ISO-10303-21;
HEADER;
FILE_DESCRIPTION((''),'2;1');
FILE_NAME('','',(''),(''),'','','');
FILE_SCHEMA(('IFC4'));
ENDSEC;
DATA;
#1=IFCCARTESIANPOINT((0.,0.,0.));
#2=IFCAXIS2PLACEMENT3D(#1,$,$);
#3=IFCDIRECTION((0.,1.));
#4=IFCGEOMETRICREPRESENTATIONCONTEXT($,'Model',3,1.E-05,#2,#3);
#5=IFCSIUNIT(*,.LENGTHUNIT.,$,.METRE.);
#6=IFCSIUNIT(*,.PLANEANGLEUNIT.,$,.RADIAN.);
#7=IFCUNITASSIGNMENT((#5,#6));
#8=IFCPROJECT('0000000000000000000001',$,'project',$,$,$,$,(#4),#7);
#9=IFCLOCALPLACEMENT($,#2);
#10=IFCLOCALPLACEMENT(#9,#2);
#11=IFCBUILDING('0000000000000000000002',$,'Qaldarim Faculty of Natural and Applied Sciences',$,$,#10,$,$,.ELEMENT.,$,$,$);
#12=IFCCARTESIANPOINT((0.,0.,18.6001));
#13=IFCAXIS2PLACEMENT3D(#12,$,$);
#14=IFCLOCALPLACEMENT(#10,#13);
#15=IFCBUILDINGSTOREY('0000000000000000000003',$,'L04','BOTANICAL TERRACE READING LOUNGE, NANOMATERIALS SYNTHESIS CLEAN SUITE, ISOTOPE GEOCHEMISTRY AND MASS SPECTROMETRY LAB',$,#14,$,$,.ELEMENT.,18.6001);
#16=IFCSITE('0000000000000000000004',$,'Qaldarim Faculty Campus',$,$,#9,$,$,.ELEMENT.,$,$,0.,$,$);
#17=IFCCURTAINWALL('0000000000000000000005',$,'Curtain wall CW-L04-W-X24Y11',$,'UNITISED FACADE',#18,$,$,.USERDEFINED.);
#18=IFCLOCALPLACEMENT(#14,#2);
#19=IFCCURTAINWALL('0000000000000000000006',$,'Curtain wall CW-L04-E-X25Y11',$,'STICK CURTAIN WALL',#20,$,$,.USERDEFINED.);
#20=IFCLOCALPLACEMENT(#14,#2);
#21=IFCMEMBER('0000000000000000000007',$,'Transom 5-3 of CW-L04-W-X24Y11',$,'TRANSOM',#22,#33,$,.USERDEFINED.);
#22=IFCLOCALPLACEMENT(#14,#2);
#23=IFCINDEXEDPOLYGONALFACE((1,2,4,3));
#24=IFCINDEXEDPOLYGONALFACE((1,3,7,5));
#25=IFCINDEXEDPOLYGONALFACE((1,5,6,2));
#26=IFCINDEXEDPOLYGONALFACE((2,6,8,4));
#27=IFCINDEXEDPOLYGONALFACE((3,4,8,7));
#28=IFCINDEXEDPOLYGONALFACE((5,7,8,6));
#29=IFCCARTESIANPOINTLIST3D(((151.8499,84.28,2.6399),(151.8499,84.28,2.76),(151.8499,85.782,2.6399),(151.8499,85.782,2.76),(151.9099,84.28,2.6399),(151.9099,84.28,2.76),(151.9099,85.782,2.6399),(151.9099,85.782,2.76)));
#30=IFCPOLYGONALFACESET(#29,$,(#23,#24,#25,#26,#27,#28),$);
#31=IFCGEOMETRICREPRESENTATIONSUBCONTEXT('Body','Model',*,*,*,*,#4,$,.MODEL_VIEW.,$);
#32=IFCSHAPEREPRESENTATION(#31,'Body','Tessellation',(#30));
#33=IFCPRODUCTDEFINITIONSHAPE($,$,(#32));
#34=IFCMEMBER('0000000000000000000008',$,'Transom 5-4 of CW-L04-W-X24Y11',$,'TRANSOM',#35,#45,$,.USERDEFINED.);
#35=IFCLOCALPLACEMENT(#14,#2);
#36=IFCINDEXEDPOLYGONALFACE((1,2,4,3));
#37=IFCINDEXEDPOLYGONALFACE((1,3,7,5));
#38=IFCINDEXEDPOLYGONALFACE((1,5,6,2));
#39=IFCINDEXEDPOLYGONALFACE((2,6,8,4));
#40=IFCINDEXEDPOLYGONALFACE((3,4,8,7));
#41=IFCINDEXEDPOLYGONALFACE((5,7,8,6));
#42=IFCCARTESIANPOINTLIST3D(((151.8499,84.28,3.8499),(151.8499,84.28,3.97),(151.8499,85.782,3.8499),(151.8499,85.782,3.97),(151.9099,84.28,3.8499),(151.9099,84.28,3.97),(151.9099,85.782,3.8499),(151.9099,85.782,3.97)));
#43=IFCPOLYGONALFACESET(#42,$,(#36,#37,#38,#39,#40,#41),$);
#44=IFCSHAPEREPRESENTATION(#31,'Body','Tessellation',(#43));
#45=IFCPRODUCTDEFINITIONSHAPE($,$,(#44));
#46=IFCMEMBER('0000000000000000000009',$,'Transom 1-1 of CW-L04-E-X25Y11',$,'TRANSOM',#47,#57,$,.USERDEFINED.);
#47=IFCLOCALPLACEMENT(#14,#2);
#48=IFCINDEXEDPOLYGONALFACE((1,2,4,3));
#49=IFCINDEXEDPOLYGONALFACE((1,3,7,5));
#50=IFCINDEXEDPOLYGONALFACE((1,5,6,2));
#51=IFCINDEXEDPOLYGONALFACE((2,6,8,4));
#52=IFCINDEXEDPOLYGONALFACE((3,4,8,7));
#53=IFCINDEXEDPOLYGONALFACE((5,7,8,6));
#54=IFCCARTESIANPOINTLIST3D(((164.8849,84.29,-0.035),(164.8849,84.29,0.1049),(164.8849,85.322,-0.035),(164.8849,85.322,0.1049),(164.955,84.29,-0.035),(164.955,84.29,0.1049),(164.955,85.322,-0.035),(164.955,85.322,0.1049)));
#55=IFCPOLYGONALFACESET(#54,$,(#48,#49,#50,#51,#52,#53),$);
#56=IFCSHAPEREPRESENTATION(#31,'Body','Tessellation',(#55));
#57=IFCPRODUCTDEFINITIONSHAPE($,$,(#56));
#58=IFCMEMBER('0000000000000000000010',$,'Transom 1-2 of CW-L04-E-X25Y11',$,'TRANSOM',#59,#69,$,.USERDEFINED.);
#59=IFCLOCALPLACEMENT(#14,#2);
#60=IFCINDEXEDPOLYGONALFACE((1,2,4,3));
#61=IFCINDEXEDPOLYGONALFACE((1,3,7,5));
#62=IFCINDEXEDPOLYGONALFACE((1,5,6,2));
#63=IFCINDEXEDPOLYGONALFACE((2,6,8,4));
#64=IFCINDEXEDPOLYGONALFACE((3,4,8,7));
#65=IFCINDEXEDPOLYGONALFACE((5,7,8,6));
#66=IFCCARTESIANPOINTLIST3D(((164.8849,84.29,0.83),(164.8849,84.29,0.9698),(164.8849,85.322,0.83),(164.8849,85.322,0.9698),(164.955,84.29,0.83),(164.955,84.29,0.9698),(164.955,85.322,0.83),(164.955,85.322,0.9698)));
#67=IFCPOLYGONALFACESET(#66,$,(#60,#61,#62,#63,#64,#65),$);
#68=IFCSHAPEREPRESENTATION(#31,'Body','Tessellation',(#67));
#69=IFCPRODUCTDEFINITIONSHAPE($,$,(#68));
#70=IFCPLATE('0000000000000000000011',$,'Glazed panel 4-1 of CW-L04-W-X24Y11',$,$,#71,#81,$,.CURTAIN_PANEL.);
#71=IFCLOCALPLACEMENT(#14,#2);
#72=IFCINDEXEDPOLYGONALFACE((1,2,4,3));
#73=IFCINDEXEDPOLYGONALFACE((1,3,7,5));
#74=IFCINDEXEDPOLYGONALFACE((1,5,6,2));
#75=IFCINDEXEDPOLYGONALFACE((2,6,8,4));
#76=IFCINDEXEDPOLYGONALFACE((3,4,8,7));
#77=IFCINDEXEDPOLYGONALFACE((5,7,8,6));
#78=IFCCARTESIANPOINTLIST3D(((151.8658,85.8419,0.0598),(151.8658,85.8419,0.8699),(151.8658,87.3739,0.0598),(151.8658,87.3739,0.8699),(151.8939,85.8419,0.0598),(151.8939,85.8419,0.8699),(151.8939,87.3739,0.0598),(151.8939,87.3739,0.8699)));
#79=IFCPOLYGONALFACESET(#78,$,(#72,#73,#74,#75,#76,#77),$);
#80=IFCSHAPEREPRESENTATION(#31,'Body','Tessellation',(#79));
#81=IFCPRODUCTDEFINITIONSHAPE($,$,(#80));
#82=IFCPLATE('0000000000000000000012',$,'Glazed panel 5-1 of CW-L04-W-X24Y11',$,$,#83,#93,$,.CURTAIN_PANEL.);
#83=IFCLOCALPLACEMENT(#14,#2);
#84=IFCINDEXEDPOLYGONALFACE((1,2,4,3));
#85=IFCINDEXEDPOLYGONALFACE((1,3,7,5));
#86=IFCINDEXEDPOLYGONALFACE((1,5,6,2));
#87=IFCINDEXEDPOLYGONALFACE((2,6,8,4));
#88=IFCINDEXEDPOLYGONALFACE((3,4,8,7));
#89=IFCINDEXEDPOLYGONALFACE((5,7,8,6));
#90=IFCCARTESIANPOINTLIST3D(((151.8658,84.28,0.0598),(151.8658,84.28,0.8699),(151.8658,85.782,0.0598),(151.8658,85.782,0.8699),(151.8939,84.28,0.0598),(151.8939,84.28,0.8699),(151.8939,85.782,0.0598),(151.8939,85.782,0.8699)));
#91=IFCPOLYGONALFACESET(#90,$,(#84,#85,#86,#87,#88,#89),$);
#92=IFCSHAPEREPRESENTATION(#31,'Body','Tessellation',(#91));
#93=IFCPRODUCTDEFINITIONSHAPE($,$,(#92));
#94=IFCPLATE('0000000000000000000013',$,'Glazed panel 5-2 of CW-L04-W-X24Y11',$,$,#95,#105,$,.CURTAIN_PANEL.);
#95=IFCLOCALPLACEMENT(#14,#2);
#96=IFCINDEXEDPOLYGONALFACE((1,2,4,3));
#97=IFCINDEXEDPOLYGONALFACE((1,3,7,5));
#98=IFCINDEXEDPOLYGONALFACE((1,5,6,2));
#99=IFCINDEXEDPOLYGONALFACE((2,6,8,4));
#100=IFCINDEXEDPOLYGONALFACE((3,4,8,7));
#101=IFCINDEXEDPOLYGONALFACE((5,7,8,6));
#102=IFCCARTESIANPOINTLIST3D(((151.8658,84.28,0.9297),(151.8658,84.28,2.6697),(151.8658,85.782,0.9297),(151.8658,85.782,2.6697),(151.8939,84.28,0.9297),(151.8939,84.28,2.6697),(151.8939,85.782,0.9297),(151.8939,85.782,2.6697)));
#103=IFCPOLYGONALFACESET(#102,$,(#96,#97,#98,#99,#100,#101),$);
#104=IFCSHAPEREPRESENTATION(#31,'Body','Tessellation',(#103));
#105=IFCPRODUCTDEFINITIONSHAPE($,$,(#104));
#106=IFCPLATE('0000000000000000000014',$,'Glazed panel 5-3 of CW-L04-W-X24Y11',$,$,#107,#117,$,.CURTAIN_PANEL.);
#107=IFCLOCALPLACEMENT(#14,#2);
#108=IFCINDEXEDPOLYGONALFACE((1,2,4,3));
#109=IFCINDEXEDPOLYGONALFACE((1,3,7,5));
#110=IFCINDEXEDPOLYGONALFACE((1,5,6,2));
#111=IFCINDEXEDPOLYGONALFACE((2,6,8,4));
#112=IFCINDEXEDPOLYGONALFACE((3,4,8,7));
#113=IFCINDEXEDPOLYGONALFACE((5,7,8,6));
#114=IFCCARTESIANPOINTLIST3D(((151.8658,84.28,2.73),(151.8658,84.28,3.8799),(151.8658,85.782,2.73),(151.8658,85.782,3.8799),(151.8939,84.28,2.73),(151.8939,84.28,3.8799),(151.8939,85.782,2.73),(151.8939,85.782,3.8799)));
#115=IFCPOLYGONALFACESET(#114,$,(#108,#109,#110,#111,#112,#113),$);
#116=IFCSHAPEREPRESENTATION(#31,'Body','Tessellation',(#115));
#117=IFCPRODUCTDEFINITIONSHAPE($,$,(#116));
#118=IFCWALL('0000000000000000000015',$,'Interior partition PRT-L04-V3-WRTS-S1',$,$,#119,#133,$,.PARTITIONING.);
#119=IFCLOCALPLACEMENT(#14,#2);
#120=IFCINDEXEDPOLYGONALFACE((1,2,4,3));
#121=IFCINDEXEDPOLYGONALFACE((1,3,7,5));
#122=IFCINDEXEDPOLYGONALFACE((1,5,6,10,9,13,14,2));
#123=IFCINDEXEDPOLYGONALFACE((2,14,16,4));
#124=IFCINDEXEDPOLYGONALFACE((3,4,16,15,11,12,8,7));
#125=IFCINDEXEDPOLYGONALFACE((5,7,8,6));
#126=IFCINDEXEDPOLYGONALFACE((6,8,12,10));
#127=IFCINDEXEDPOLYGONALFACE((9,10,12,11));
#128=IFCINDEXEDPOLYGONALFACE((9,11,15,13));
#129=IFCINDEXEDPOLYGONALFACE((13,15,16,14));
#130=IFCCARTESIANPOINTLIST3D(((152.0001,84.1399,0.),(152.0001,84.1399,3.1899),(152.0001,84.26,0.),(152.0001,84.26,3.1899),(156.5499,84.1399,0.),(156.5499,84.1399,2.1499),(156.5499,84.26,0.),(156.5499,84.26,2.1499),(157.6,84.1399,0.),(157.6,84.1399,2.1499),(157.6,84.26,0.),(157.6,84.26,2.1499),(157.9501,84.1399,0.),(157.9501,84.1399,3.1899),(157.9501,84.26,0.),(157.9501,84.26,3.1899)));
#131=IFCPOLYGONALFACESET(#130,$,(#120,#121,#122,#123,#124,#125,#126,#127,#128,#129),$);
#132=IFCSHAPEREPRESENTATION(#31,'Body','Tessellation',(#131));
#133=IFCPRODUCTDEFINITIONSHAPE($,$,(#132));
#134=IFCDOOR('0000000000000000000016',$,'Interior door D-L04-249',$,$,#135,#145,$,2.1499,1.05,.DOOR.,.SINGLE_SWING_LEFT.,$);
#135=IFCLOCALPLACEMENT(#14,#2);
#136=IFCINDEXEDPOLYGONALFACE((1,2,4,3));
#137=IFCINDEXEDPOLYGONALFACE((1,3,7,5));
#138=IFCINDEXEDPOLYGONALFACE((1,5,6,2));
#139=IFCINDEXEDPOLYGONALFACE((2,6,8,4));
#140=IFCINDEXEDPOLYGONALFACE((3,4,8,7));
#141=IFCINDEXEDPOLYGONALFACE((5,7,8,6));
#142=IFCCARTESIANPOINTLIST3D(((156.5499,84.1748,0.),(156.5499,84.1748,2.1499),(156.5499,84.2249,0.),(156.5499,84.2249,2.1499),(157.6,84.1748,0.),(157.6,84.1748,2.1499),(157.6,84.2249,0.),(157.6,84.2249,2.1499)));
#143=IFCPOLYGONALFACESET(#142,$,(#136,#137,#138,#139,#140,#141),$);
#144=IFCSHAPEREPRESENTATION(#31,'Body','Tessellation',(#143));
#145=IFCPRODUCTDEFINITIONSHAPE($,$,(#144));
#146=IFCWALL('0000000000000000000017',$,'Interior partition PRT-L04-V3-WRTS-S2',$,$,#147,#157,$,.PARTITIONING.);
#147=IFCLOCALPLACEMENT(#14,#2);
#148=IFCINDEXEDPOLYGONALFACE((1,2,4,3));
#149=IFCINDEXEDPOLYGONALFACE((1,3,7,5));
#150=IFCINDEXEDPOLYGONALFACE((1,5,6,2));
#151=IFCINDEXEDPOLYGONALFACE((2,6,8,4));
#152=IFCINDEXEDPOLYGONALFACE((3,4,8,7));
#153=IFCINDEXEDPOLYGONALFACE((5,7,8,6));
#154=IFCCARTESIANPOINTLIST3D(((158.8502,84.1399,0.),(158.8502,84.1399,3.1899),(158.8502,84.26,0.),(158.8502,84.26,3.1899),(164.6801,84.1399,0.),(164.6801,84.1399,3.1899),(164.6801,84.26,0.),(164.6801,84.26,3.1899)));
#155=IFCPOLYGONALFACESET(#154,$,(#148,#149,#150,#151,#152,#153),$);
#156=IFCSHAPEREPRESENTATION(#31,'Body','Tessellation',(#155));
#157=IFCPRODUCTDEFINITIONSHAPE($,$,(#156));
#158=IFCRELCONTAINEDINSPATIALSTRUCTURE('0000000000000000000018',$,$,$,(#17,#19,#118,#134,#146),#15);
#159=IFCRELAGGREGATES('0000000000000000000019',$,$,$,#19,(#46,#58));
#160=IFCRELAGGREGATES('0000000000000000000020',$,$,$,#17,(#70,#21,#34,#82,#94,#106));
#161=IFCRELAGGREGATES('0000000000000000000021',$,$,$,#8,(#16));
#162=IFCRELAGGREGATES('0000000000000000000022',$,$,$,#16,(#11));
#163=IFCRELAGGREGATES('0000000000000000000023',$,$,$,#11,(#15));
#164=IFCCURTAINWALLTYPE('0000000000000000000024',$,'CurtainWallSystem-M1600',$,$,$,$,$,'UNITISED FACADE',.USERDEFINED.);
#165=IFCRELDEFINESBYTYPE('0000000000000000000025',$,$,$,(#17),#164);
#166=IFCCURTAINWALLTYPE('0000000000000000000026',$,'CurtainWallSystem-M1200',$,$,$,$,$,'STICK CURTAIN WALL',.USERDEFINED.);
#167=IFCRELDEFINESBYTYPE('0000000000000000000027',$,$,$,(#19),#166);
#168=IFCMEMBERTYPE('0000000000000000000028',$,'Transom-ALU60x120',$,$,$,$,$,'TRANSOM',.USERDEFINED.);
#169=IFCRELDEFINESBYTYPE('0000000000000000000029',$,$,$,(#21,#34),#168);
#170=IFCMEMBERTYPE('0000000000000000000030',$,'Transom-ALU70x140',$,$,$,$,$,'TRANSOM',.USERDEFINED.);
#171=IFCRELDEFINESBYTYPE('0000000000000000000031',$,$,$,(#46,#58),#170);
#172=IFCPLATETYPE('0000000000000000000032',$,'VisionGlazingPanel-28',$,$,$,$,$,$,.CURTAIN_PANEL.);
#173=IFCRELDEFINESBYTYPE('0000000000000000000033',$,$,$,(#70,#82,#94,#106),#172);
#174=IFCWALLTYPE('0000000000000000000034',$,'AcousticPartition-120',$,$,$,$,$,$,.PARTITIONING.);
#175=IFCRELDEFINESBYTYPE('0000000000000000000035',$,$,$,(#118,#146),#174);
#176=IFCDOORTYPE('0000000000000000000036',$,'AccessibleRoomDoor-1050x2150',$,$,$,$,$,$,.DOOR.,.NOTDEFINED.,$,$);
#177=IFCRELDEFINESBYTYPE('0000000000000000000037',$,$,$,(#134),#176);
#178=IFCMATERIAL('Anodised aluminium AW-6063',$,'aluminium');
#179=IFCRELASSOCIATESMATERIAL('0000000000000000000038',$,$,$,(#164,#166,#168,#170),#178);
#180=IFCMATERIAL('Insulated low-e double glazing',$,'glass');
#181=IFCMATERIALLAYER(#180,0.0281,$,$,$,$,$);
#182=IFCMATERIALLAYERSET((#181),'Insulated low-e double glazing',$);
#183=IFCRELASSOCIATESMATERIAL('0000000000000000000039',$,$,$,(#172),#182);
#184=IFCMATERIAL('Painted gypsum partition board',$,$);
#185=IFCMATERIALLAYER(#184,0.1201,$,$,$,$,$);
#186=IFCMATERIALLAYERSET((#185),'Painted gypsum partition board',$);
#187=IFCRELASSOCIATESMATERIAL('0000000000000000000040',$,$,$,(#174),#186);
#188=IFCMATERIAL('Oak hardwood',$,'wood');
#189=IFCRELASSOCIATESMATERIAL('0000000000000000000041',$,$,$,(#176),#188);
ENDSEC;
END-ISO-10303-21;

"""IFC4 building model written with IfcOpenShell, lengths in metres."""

from ifc_helpers import new_model, si_unit, direction, frame, frame_2d, origin, origin_2d, place, context, subcontext, project, spatial, rectangle, extrude, material, layer, layer_set, material_profile, profile_set, type_object, element, fill, aggregate, save


model = new_model("IFC4")

# Units and contexts
model_context = context("Model", 3, precision=1e-05, world=origin(), true_north=direction((0.0, 1.0)))
body_context = subcontext(model_context, "Body", "Model", "MODEL_VIEW")
ifc_project = project(units=[si_unit("LENGTHUNIT", "METRE"), si_unit("PLANEANGLEUNIT", "RADIAN")], contexts=[model_context])

# Site, building, storey
site_placement = place(None, origin())
site = spatial("IfcSite", under=ifc_project, at=site_placement, Name="Qaldarim Faculty Campus", CompositionType="ELEMENT", RefElevation=0.0)
building_placement = place(site_placement, origin())
building = spatial("IfcBuilding", under=site, at=building_placement, Name="Qaldarim Faculty of Natural and Applied Sciences", CompositionType="ELEMENT")
storey_placement = place(building_placement, frame((0.0, 0.0, 18.6001)))
storey = spatial("IfcBuildingStorey", under=building, at=storey_placement, Name="L04", Description="BOTANICAL TERRACE READING LOUNGE, NANOMATERIALS SYNTHESIS CLEAN SUITE, ISOTOPE GEOCHEMISTRY AND MASS SPECTROMETRY LAB", CompositionType="ELEMENT", Elevation=18.6001)

# Curtain wall
ifc_material_1 = material(Name="Anodised aluminium AW-6063", Category="aluminium")
curtain_wall_type_1 = type_object("IfcCurtainWallType", Name="CurtainWallSystem-M1600", ElementType="UNITISED FACADE", PredefinedType="USERDEFINED", material=ifc_material_1)
curtain_wall_1_placement = place(storey_placement, origin())
curtain_wall_1 = element("IfcCurtainWall", 1, at=curtain_wall_1_placement, inside=storey, type_object=curtain_wall_type_1, Name="Curtain wall CW-L04-W-X24Y11", ObjectType="UNITISED FACADE", PredefinedType="USERDEFINED")

# Curtain wall
curtain_wall_type_2 = type_object("IfcCurtainWallType", Name="CurtainWallSystem-M1200", ElementType="STICK CURTAIN WALL", PredefinedType="USERDEFINED", material=ifc_material_1)
curtain_wall_2_placement = place(storey_placement, origin())
curtain_wall_2 = element("IfcCurtainWall", 2, at=curtain_wall_2_placement, inside=storey, type_object=curtain_wall_type_2, Name="Curtain wall CW-L04-E-X25Y11", ObjectType="STICK CURTAIN WALL", PredefinedType="USERDEFINED")

# Members
ifc_material_profile_1 = material_profile(ifc_material_1, rectangle(XDim=0.0601, YDim=0.1201, at=origin_2d()), Name="ALU-T60x120")
ifc_profile_set_1 = profile_set([ifc_material_profile_1], Name="Anodised aluminium AW-6063")
member_type_1 = type_object("IfcMemberType", Name="Transom-ALU60x120", ElementType="TRANSOM", PredefinedType="USERDEFINED", material=ifc_profile_set_1)
member_1_placement = place(storey_placement, frame((151.8799, 85.782, 2.7), z_axis=(0.0, -1.0, 0.0), x_axis=(1.0, 0.0, 0.0)))
member_1 = element("IfcMember", 3, at=member_1_placement, type_object=member_type_1, Name="Transom 5-3 of CW-L04-W-X24Y11", ObjectType="TRANSOM", PredefinedType="USERDEFINED", context=body_context, shape_type="SweptSolid", body=[
    extrude(rectangle(XDim=0.0601, YDim=0.1201, at=origin_2d()), origin(), (0.0, 0.0, 1.0), 1.502),
])
member_2_placement = place(storey_placement, frame((151.8799, 85.782, 3.9099), z_axis=(0.0, -1.0, 0.0), x_axis=(1.0, 0.0, 0.0)))
member_2 = element("IfcMember", 4, at=member_2_placement, type_object=member_type_1, Name="Transom 5-4 of CW-L04-W-X24Y11", ObjectType="TRANSOM", PredefinedType="USERDEFINED", context=body_context, shape_type="SweptSolid", body=[
    extrude(rectangle(XDim=0.0601, YDim=0.1201, at=origin_2d()), origin(), (0.0, 0.0, 1.0), 1.502),
])
ifc_material_profile_2 = material_profile(ifc_material_1, rectangle(XDim=0.0701, YDim=0.1399, at=origin_2d()), Name="ALU-T70x140")
ifc_profile_set_2 = profile_set([ifc_material_profile_2], Name="Anodised aluminium AW-6063")
member_type_2 = type_object("IfcMemberType", Name="Transom-ALU70x140", ElementType="TRANSOM", PredefinedType="USERDEFINED", material=ifc_profile_set_2)
member_3_placement = place(storey_placement, frame((164.9199, 84.29, 0.0349), z_axis=(0.0, 1.0, 0.0), x_axis=(-1.0, 0.0, 0.0)))
member_3 = element("IfcMember", 5, at=member_3_placement, type_object=member_type_2, Name="Transom 1-1 of CW-L04-E-X25Y11", ObjectType="TRANSOM", PredefinedType="USERDEFINED", context=body_context, shape_type="SweptSolid", body=[
    extrude(rectangle(XDim=0.0701, YDim=0.1399, at=origin_2d()), origin(), (0.0, 0.0, 1.0), 1.032),
])
member_4_placement = place(storey_placement, frame((164.9199, 84.29, 0.8999), z_axis=(0.0, 1.0, 0.0), x_axis=(-1.0, 0.0, 0.0)))
member_4 = element("IfcMember", 6, at=member_4_placement, type_object=member_type_2, Name="Transom 1-2 of CW-L04-E-X25Y11", ObjectType="TRANSOM", PredefinedType="USERDEFINED", context=body_context, shape_type="SweptSolid", body=[
    extrude(rectangle(XDim=0.0701, YDim=0.1399, at=origin_2d()), origin(), (0.0, 0.0, 1.0), 1.032),
])
aggregate(curtain_wall_2, [member_3, member_4])

# Plates
ifc_material_2 = material(Name="Insulated low-e double glazing", Category="glass")
ifc_layer_1 = layer(ifc_material_2, 0.0281)
ifc_layer_set_1 = layer_set([ifc_layer_1], Name="Insulated low-e double glazing")
plate_type = type_object("IfcPlateType", Name="VisionGlazingPanel-28", PredefinedType="CURTAIN_PANEL", material=ifc_layer_set_1)
plate_1_placement = place(storey_placement, frame((151.8799, 86.6079, 0.0598), z_axis=(0.0, 0.0, 1.0), x_axis=(0.0, -1.0, 0.0)))
plate_1 = element("IfcPlate", 7, at=plate_1_placement, type_object=plate_type, Name="Glazed panel 4-1 of CW-L04-W-X24Y11", PredefinedType="CURTAIN_PANEL", context=body_context, shape_type="SweptSolid", body=[
    extrude(rectangle(XDim=1.532, YDim=0.0281, at=origin_2d()), origin(), (0.0, 0.0, 1.0), 0.8101),
])
plate_2_placement = place(storey_placement, frame((151.8799, 85.031, 0.0598), z_axis=(0.0, 0.0, 1.0), x_axis=(0.0, -1.0, 0.0)))
plate_2 = element("IfcPlate", 8, at=plate_2_placement, type_object=plate_type, Name="Glazed panel 5-1 of CW-L04-W-X24Y11", PredefinedType="CURTAIN_PANEL", context=body_context, shape_type="SweptSolid", body=[
    extrude(rectangle(XDim=1.502, YDim=0.0281, at=origin_2d()), origin(), (0.0, 0.0, 1.0), 0.8101),
])
plate_3_placement = place(storey_placement, frame((151.8799, 85.031, 0.9297), z_axis=(0.0, 0.0, 1.0), x_axis=(0.0, -1.0, 0.0)))
plate_3 = element("IfcPlate", 9, at=plate_3_placement, type_object=plate_type, Name="Glazed panel 5-2 of CW-L04-W-X24Y11", PredefinedType="CURTAIN_PANEL", context=body_context, shape_type="SweptSolid", body=[
    extrude(rectangle(XDim=1.502, YDim=0.0281, at=origin_2d()), origin(), (0.0, 0.0, 1.0), 1.74),
])
plate_4_placement = place(storey_placement, frame((151.8799, 85.031, 2.73), z_axis=(0.0, 0.0, 1.0), x_axis=(0.0, -1.0, 0.0)))
plate_4 = element("IfcPlate", 10, at=plate_4_placement, type_object=plate_type, Name="Glazed panel 5-3 of CW-L04-W-X24Y11", PredefinedType="CURTAIN_PANEL", context=body_context, shape_type="SweptSolid", body=[
    extrude(rectangle(XDim=1.502, YDim=0.0281, at=origin_2d()), origin(), (0.0, 0.0, 1.0), 1.1499),
])
aggregate(curtain_wall_1, [plate_1, member_1, member_2, plate_2, plate_3, plate_4])

# Wall, opening, door
ifc_material_3 = material(Name="Painted gypsum partition board")
ifc_layer_2 = layer(ifc_material_3, 0.1201)
ifc_layer_set_2 = layer_set([ifc_layer_2], Name="Painted gypsum partition board")
wall_type = type_object("IfcWallType", Name="AcousticPartition-120", PredefinedType="PARTITIONING", material=ifc_layer_set_2)
wall_1_placement = place(storey_placement, frame((152.0, 84.2, 0.0), z_axis=(0.0, 0.0, 1.0), x_axis=(1.0, 0.0, 0.0)))
wall_1 = element("IfcWall", 11, at=wall_1_placement, inside=storey, type_object=wall_type, Name="Interior partition PRT-L04-V3-WRTS-S1", PredefinedType="PARTITIONING", context=body_context, shape_type="SweptSolid", body=[
    extrude(rectangle(XDim=5.95, YDim=0.1201, at=frame_2d((2.9751, 0.0))), origin(), (0.0, 0.0, 1.0), 3.1899),
])
opening_placement = place(wall_1_placement, frame((4.55, 0.0, 0.0)))
opening = element("IfcOpeningElement", 12, at=opening_placement, cuts=wall_1, PredefinedType="OPENING", context=body_context, shape_type="SweptSolid", body=[
    extrude(rectangle(XDim=1.05, YDim=2.1499, at=frame_2d((0.5249, 1.075))), frame((0.0, 0.0701, 0.0), z_axis=(0.0, -1.0, 0.0), x_axis=(1.0, 0.0, 0.0)), (0.0, 0.0, 1.0), 0.1401),
])
ifc_material_4 = material(Name="Oak hardwood", Category="wood")
door_type = type_object("IfcDoorType", Name="AccessibleRoomDoor-1050x2150", OperationType="NOTDEFINED", PredefinedType="DOOR", material=ifc_material_4)
door_placement = place(opening_placement, origin())
door = element("IfcDoor", 13, at=door_placement, inside=storey, type_object=door_type, Name="Interior door D-L04-249", OperationType="SINGLE_SWING_LEFT", OverallHeight=2.1499, OverallWidth=1.05, PredefinedType="DOOR", context=body_context, shape_type="SweptSolid", body=[
    extrude(rectangle(XDim=1.05, YDim=2.1499, at=frame_2d((0.5249, 1.075))), frame((0.0, 0.0249, 0.0), z_axis=(0.0, -1.0, 0.0), x_axis=(1.0, 0.0, 0.0)), (0.0, 0.0, 1.0), 0.05),
])
fill(opening, door)

# Wall
wall_2_placement = place(storey_placement, frame((158.8501, 84.2, 0.0), z_axis=(0.0, 0.0, 1.0), x_axis=(1.0, 0.0, 0.0)))
element("IfcWall", 14, at=wall_2_placement, inside=storey, type_object=wall_type, Name="Interior partition PRT-L04-V3-WRTS-S2", PredefinedType="PARTITIONING", context=body_context, shape_type="SweptSolid", body=[
    extrude(rectangle(XDim=5.8298, YDim=0.1201, at=frame_2d((2.915, 0.0))), origin(), (0.0, 0.0, 1.0), 3.1899),
])

save(model, "model.ifc")
